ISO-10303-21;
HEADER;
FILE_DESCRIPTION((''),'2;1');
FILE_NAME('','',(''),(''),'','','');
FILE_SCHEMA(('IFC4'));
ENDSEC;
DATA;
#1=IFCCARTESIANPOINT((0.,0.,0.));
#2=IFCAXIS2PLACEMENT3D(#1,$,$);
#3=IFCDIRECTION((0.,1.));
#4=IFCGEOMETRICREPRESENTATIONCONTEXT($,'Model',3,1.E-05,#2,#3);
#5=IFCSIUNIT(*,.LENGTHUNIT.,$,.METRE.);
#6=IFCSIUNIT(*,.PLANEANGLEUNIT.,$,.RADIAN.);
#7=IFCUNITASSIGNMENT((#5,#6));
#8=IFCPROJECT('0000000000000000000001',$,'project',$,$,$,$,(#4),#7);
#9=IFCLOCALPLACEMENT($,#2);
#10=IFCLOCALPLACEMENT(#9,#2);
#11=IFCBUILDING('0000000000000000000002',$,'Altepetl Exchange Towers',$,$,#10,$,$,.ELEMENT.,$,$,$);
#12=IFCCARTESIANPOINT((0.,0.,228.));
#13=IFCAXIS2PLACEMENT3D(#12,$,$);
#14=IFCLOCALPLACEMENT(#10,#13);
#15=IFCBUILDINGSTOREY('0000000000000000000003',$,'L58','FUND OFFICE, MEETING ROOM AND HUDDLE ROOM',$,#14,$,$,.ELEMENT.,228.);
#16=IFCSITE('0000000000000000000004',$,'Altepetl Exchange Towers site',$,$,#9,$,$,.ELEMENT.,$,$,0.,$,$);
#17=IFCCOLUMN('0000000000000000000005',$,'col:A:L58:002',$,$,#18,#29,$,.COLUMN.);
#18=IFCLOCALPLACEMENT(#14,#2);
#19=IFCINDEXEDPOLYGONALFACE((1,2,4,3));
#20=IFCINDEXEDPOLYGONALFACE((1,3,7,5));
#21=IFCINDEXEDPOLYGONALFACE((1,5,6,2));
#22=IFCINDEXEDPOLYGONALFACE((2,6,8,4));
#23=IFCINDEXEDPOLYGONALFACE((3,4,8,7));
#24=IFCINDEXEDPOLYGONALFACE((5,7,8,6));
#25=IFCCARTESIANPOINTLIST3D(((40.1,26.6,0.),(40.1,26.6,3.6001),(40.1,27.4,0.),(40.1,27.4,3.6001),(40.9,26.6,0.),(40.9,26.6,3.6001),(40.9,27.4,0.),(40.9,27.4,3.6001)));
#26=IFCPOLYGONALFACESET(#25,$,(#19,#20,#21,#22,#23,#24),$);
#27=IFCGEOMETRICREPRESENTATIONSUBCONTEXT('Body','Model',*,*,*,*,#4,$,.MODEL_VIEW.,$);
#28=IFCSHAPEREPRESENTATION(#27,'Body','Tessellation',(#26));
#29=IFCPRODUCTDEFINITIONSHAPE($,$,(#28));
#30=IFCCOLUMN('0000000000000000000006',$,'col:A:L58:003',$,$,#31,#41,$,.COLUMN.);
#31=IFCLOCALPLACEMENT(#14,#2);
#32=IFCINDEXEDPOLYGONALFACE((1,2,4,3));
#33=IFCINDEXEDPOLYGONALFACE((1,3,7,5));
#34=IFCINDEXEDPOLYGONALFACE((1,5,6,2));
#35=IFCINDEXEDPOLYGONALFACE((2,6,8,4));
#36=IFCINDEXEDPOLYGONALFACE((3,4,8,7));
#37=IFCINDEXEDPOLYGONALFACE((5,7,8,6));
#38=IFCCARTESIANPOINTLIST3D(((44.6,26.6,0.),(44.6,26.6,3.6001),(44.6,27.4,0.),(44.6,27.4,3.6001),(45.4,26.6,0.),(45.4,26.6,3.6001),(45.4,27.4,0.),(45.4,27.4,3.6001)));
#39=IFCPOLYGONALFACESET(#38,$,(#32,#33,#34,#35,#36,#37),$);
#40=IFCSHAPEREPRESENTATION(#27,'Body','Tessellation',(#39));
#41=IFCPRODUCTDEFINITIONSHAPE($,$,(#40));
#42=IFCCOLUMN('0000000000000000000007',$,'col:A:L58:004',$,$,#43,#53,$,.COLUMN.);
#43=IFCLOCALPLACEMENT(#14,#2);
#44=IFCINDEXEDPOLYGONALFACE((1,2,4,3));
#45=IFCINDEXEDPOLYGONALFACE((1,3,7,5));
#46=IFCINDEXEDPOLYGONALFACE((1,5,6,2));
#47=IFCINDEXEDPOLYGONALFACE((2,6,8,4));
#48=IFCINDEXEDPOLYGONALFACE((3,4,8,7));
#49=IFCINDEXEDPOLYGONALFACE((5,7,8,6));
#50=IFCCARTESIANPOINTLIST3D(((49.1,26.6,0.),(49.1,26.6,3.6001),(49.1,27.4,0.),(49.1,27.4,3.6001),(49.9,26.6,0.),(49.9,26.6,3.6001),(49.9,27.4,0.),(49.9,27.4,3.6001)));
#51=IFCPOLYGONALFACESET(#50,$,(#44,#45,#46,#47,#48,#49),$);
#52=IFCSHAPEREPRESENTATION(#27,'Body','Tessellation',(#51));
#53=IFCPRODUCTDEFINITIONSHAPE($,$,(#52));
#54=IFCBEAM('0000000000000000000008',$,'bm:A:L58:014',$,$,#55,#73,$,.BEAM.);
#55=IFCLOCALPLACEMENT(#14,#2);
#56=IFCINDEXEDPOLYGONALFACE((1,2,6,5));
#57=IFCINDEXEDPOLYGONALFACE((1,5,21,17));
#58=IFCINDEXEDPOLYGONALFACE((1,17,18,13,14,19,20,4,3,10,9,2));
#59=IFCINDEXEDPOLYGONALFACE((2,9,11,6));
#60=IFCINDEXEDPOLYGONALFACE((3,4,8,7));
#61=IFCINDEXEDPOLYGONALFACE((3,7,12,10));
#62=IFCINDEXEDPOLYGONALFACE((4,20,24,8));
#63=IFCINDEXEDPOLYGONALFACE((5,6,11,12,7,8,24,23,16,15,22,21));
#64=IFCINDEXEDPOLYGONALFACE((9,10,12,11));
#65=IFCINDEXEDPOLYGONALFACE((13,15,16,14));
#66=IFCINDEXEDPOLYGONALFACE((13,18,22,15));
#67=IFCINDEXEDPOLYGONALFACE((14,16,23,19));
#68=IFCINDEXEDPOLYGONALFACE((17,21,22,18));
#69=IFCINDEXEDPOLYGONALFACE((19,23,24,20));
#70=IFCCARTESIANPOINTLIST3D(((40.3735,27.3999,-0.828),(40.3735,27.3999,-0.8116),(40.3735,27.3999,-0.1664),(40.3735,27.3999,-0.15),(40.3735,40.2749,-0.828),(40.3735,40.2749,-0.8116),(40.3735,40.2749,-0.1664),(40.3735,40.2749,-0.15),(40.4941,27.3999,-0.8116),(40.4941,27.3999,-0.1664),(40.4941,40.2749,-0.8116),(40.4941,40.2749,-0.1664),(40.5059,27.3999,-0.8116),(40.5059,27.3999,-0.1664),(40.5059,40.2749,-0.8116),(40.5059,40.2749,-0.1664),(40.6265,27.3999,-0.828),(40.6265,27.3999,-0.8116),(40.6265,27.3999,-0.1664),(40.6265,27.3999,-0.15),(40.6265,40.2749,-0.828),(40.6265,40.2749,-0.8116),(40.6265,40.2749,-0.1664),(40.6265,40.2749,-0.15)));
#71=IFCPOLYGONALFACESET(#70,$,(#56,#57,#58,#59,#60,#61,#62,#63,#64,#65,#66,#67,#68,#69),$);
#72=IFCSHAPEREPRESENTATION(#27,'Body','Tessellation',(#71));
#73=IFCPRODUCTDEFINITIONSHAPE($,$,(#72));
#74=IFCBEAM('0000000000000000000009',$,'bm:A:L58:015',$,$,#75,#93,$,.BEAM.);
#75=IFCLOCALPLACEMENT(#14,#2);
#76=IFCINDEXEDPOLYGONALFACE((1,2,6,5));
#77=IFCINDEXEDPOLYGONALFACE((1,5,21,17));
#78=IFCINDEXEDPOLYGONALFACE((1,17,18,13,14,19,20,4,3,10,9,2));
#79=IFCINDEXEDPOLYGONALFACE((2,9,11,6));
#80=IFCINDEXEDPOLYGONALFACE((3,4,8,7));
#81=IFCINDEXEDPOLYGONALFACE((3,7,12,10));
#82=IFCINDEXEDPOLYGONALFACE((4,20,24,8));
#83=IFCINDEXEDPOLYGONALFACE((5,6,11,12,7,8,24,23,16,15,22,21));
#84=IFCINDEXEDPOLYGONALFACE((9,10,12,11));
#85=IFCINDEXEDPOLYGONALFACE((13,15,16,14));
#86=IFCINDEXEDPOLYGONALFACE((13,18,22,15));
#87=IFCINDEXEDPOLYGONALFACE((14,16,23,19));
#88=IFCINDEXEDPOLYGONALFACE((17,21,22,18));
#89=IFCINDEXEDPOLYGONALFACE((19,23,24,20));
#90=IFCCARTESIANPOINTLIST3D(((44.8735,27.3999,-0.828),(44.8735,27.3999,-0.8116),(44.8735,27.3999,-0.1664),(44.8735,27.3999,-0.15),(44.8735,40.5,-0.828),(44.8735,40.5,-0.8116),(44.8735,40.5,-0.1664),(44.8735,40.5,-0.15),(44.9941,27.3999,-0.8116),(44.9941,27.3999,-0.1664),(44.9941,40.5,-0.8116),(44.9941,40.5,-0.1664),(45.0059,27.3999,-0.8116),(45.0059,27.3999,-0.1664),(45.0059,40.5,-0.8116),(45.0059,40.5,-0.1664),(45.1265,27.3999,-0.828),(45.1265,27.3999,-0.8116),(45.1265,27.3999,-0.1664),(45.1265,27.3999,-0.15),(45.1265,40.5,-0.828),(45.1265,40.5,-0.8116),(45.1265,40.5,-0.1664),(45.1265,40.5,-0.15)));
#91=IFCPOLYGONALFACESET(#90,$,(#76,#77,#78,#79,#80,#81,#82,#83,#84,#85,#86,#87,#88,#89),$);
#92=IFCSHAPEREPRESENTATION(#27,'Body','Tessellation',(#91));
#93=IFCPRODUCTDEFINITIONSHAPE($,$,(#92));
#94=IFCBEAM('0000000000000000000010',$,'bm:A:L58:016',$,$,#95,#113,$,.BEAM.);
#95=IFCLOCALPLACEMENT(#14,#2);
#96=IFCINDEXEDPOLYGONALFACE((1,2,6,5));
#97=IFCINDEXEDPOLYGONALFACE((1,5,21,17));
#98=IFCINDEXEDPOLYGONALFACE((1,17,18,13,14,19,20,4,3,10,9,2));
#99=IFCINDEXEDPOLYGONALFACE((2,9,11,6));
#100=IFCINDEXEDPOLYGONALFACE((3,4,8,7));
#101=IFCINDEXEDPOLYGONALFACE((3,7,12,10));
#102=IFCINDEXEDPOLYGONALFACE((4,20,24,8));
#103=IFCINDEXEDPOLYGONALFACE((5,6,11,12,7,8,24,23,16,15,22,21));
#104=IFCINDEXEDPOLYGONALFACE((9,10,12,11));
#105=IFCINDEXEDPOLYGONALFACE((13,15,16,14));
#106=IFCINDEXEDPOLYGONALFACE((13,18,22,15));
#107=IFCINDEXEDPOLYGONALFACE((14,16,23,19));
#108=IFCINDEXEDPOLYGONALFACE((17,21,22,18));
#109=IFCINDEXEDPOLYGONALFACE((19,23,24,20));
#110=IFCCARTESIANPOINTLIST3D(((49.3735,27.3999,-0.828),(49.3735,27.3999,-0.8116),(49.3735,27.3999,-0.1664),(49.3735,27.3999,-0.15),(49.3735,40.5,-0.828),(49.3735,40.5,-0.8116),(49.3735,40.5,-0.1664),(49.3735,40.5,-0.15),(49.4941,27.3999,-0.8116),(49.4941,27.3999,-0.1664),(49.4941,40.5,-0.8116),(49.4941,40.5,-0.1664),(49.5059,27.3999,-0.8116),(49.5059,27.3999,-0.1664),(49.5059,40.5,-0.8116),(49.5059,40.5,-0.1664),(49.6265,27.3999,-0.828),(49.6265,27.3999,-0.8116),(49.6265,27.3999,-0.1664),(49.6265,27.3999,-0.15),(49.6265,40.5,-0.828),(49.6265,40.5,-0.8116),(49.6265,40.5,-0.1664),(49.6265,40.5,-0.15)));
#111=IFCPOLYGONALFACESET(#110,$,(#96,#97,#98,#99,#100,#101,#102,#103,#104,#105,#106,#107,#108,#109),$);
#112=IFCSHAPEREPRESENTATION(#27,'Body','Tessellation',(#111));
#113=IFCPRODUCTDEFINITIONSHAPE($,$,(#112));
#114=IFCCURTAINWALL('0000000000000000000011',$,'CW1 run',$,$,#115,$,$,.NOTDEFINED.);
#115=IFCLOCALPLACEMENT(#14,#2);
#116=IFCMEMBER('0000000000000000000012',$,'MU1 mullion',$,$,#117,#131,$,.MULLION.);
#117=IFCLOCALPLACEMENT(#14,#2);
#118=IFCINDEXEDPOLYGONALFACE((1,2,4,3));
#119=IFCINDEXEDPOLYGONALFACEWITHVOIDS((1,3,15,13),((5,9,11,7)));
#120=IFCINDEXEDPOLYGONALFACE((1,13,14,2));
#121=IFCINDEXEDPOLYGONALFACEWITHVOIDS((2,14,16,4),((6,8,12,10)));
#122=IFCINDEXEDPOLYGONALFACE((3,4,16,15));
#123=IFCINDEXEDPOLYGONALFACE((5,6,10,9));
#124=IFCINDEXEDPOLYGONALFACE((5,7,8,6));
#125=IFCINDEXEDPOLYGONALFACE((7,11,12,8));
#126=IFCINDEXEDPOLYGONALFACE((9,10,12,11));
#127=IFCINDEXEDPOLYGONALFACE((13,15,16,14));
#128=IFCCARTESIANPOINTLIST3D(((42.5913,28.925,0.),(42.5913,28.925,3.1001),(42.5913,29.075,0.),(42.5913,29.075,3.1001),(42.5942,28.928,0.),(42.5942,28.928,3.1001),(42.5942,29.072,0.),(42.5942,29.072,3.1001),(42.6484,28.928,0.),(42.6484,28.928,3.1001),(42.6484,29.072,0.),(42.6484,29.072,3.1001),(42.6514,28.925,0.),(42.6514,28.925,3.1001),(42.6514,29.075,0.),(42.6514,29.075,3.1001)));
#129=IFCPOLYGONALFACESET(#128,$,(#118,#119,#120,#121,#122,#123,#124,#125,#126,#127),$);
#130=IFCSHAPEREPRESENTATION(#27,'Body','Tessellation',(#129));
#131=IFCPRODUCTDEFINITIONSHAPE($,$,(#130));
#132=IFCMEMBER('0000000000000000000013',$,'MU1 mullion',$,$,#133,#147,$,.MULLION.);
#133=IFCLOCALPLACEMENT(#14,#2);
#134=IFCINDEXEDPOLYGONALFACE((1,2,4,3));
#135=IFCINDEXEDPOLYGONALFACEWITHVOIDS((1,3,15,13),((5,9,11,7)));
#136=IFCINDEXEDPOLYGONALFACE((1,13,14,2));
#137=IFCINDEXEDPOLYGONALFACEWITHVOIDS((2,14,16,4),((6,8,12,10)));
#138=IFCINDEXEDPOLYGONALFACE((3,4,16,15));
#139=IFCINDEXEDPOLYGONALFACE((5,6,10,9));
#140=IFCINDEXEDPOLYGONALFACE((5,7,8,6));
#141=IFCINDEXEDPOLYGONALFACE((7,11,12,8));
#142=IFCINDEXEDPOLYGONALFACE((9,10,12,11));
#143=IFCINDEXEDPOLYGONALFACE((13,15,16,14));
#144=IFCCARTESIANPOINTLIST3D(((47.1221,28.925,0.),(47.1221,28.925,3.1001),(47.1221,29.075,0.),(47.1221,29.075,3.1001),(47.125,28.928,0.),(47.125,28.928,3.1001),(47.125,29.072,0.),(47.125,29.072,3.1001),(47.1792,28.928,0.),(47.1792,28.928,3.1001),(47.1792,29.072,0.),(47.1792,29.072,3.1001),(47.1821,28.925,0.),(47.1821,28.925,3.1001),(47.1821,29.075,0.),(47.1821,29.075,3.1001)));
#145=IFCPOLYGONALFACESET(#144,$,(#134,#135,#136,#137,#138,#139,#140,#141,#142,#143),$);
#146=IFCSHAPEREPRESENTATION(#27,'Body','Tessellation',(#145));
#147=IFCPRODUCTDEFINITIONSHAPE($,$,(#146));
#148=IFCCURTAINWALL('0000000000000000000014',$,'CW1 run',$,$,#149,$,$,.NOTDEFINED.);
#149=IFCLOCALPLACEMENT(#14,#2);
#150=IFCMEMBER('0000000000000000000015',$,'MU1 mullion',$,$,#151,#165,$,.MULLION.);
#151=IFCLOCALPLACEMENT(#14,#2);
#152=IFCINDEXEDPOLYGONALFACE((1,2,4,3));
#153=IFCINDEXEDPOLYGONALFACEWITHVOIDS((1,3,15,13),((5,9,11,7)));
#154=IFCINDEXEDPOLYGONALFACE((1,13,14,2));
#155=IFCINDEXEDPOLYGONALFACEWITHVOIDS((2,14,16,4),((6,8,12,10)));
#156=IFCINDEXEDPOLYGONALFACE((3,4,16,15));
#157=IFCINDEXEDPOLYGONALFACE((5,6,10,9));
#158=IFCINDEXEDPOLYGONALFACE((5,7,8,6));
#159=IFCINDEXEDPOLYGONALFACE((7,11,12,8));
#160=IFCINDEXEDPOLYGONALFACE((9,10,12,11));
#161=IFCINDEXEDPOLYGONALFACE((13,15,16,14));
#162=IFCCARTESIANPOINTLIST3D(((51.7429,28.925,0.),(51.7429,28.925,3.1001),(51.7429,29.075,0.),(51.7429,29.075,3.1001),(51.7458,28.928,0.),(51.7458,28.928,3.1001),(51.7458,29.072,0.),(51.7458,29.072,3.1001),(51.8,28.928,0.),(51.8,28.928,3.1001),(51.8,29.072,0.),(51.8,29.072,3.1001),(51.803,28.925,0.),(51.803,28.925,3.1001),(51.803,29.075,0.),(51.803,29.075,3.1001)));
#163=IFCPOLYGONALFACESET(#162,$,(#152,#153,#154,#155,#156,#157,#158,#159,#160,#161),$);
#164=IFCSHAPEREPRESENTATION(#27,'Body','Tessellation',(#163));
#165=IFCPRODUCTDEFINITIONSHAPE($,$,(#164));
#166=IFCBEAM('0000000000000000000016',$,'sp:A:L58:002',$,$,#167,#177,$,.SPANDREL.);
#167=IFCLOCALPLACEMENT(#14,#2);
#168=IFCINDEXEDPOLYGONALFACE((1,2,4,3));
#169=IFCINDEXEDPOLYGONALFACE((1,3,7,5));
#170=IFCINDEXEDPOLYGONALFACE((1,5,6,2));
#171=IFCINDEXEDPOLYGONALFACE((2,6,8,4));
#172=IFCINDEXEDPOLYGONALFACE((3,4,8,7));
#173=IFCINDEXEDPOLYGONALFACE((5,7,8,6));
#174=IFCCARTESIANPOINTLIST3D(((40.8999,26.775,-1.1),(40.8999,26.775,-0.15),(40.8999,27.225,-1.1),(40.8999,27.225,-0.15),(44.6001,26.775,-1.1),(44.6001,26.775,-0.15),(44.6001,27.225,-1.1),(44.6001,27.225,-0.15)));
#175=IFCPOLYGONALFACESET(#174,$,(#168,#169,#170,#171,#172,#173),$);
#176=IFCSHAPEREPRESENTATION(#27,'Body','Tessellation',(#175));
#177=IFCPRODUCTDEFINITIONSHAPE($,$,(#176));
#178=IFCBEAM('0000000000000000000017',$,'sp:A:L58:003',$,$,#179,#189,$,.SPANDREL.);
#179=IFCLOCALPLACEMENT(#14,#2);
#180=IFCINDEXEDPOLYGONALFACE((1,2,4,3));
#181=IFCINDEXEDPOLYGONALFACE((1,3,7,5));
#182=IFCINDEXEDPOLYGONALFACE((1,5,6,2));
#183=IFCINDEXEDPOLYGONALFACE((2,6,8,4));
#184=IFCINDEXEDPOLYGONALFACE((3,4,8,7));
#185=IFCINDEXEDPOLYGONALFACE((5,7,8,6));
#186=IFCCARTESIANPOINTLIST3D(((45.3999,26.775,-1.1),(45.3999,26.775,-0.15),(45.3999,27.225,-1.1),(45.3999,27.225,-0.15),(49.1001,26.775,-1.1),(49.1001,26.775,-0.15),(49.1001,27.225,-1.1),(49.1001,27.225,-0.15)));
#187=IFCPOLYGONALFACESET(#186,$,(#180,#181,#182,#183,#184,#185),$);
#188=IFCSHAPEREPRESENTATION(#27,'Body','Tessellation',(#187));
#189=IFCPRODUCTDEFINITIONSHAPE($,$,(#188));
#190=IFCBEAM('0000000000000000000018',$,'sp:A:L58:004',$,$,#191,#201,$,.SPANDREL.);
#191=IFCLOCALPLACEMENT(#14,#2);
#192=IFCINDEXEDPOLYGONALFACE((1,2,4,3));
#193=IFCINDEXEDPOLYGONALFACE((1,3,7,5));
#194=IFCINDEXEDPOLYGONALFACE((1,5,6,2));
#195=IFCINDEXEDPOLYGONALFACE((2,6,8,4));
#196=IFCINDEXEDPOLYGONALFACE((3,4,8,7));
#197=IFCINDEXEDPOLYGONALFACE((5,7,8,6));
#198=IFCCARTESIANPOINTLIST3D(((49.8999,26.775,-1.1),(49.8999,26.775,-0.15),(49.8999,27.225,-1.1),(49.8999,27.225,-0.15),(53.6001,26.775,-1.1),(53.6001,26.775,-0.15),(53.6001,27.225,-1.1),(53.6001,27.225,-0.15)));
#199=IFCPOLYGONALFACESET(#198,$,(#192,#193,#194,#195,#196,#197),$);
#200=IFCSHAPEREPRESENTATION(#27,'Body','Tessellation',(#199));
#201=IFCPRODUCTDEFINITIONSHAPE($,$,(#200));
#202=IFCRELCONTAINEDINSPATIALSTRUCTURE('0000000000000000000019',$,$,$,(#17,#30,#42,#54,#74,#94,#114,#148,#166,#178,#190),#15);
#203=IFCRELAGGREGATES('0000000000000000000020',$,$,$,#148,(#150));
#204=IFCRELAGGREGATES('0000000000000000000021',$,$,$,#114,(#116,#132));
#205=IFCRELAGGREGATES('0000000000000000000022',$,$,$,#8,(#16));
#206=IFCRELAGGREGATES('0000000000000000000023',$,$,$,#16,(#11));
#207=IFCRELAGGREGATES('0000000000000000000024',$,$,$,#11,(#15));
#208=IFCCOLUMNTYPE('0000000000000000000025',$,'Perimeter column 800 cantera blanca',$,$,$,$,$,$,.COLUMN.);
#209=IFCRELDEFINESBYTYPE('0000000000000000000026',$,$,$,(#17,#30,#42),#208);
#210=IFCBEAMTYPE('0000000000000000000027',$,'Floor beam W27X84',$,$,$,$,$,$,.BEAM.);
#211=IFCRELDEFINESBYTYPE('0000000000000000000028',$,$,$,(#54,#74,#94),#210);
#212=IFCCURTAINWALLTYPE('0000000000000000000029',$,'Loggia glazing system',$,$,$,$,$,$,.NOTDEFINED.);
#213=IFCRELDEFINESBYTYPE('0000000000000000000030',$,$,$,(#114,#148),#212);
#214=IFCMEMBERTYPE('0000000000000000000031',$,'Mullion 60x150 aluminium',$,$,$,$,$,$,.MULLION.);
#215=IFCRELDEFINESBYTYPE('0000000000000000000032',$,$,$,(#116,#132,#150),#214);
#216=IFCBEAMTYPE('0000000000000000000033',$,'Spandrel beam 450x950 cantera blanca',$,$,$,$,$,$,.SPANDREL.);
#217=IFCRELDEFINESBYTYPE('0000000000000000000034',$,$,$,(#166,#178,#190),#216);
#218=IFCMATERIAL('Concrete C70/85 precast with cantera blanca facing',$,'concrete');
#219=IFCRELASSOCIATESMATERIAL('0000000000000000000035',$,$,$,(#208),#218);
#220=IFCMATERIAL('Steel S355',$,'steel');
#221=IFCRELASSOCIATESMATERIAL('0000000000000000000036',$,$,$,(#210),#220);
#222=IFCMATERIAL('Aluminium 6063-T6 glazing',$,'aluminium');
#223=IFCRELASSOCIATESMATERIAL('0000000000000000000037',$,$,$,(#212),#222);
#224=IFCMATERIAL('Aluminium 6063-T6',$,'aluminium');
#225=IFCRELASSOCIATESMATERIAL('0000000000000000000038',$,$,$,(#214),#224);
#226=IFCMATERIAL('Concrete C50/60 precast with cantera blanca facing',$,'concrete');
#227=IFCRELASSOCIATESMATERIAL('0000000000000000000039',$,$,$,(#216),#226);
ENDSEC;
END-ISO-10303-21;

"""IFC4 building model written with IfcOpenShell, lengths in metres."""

from ifc_helpers import new_model, si_unit, direction, frame, origin, origin_2d, place, context, subcontext, project, spatial, rectangle, hollow_rectangle, i_section, extrude, material, material_profile, profile_set, type_object, element, aggregate, save


model = new_model("IFC4")

# Units and contexts
model_context = context("Model", 3, precision=1e-05, world=origin(), true_north=direction((0.0, 1.0)))
body_context = subcontext(model_context, "Body", "Model", "MODEL_VIEW")
ifc_project = project(units=[si_unit("LENGTHUNIT", "METRE"), si_unit("PLANEANGLEUNIT", "RADIAN")], contexts=[model_context])

# Site, building, storey
site_placement = place(None, origin())
site = spatial("IfcSite", under=ifc_project, at=site_placement, Name="Altepetl Exchange Towers site", CompositionType="ELEMENT", RefElevation=0.0)
building_placement = place(site_placement, origin())
building = spatial("IfcBuilding", under=site, at=building_placement, Name="Altepetl Exchange Towers", CompositionType="ELEMENT")
storey_placement = place(building_placement, frame((0.0, 0.0, 228.0)))
storey = spatial("IfcBuildingStorey", under=building, at=storey_placement, Name="L58", Description="FUND OFFICE, MEETING ROOM AND HUDDLE ROOM", CompositionType="ELEMENT", Elevation=228.0)

# Columns
ifc_material_1 = material(Name="Concrete C70/85 precast with cantera blanca facing", Category="concrete")
ifc_material_profile_1 = material_profile(ifc_material_1, rectangle(XDim=0.8, YDim=0.8, at=origin_2d()), Name="800 x 800")
ifc_profile_set_1 = profile_set([ifc_material_profile_1], Name="Concrete C70/85 precast with cantera blanca facing")
column_type = type_object("IfcColumnType", Name="Perimeter column 800 cantera blanca", PredefinedType="COLUMN", material=ifc_profile_set_1)
for number, where, name in (
    (1, (40.5, 27.0, 0.0), "col:A:L58:002"),
    (2, (45.0, 27.0, 0.0), "col:A:L58:003"),
    (3, (49.5, 27.0, 0.0), "col:A:L58:004"),
):
    element("IfcColumn", number, at=place(storey_placement, frame(where)), inside=storey, type_object=column_type, Name=name, PredefinedType="COLUMN", context=body_context, shape_type="SweptSolid", body=[
        extrude(rectangle(XDim=0.8, YDim=0.8, at=origin_2d()), origin(), (0.0, 0.0, 1.0), 3.6001),
    ])

# Beams
ifc_material_2 = material(Name="Steel S355", Category="steel")
ifc_material_profile_2 = material_profile(ifc_material_2, i_section(OverallWidth=0.2529, OverallDepth=0.678, WebThickness=0.0117, FlangeThickness=0.0164, at=origin_2d()), Name="W27X84")
ifc_profile_set_2 = profile_set([ifc_material_profile_2], Name="Steel S355")
beam_type_1 = type_object("IfcBeamType", Name="Floor beam W27X84", PredefinedType="BEAM", material=ifc_profile_set_2)
beam_placement = place(storey_placement, frame((40.5, 27.3999, -0.489), z_axis=(0.0, 1.0, 0.0), x_axis=(-1.0, 0.0, 0.0)))
element("IfcBeam", 4, at=beam_placement, inside=storey, type_object=beam_type_1, Name="bm:A:L58:014", PredefinedType="BEAM", context=body_context, shape_type="SweptSolid", body=[
    extrude(i_section(OverallWidth=0.2529, OverallDepth=0.678, WebThickness=0.0117, FlangeThickness=0.0164, at=origin_2d()), origin(), (0.0, 0.0, 1.0), 12.875),
])
for number, where, z_axis, x_axis, name in (
    (5, (45.0, 27.3999, -0.489), (0.0, 1.0, 0.0), (-1.0, 0.0, 0.0), "bm:A:L58:015"),
    (6, (49.5, 27.3999, -0.489), (0.0, 1.0, 0.0), (-1.0, 0.0, 0.0), "bm:A:L58:016"),
):
    element("IfcBeam", number, at=place(storey_placement, frame(where, z_axis=z_axis, x_axis=x_axis)), inside=storey, type_object=beam_type_1, Name=name, PredefinedType="BEAM", context=body_context, shape_type="SweptSolid", body=[
        extrude(i_section(OverallWidth=0.2529, OverallDepth=0.678, WebThickness=0.0117, FlangeThickness=0.0164, at=origin_2d()), origin(), (0.0, 0.0, 1.0), 13.1001),
    ])

# Curtain wall, members
ifc_material_3 = material(Name="Aluminium 6063-T6 glazing", Category="aluminium")
curtain_wall_type = type_object("IfcCurtainWallType", Name="Loggia glazing system", PredefinedType="NOTDEFINED", material=ifc_material_3)
curtain_wall_1_placement = place(storey_placement, origin())
curtain_wall_1 = element("IfcCurtainWall", 7, at=curtain_wall_1_placement, inside=storey, type_object=curtain_wall_type, Name="CW1 run", PredefinedType="NOTDEFINED")
ifc_material_4 = material(Name="Aluminium 6063-T6", Category="aluminium")
ifc_material_profile_3 = material_profile(ifc_material_4, hollow_rectangle(XDim=0.0601, YDim=0.1499, WallThickness=0.0029, at=origin_2d()), Name="Mullion 60x150 aluminium")
ifc_profile_set_3 = profile_set([ifc_material_profile_3], Name="Aluminium 6063-T6")
member_type = type_object("IfcMemberType", Name="Mullion 60x150 aluminium", PredefinedType="MULLION", material=ifc_profile_set_3)
member_1_placement = place(storey_placement, frame((42.6213, 29.0, 0.0)))
member_1 = element("IfcMember", 8, at=member_1_placement, type_object=member_type, Name="MU1 mullion", PredefinedType="MULLION", context=body_context, shape_type="SweptSolid", body=[
    extrude(hollow_rectangle(XDim=0.0601, YDim=0.1499, WallThickness=0.0029, at=origin_2d()), origin(), (0.0, 0.0, 1.0), 3.1001),
])
member_2_placement = place(storey_placement, frame((47.1521, 29.0, 0.0)))
member_2 = element("IfcMember", 9, at=member_2_placement, type_object=member_type, Name="MU1 mullion", PredefinedType="MULLION", context=body_context, shape_type="SweptSolid", body=[
    extrude(hollow_rectangle(XDim=0.0601, YDim=0.1499, WallThickness=0.0029, at=origin_2d()), origin(), (0.0, 0.0, 1.0), 3.1001),
])

# Curtain wall, member
curtain_wall_2_placement = place(storey_placement, origin())
curtain_wall_2 = element("IfcCurtainWall", 10, at=curtain_wall_2_placement, inside=storey, type_object=curtain_wall_type, Name="CW1 run", PredefinedType="NOTDEFINED")
member_3_placement = place(storey_placement, frame((51.7729, 29.0, 0.0)))
member_3 = element("IfcMember", 11, at=member_3_placement, type_object=member_type, Name="MU1 mullion", PredefinedType="MULLION", context=body_context, shape_type="SweptSolid", body=[
    extrude(hollow_rectangle(XDim=0.0601, YDim=0.1499, WallThickness=0.0029, at=origin_2d()), origin(), (0.0, 0.0, 1.0), 3.1001),
])
aggregate(curtain_wall_2, [member_3])

# Beams
ifc_material_5 = material(Name="Concrete C50/60 precast with cantera blanca facing", Category="concrete")
ifc_material_profile_4 = material_profile(ifc_material_5, rectangle(XDim=0.45, YDim=0.95, at=origin_2d()), Name="450 x 950")
ifc_profile_set_4 = profile_set([ifc_material_profile_4], Name="Concrete C50/60 precast with cantera blanca facing")
beam_type_2 = type_object("IfcBeamType", Name="Spandrel beam 450x950 cantera blanca", PredefinedType="SPANDREL", material=ifc_profile_set_4)
for number, where, z_axis, x_axis, name in (
    (12, (40.8999, 27.0, -0.625), (1.0, 0.0, 0.0), (0.0, 1.0, 0.0), "sp:A:L58:002"),
    (13, (45.3999, 27.0, -0.625), (1.0, 0.0, 0.0), (0.0, 1.0, 0.0), "sp:A:L58:003"),
    (14, (49.8999, 27.0, -0.625), (1.0, 0.0, 0.0), (0.0, 1.0, 0.0), "sp:A:L58:004"),
):
    element("IfcBeam", number, at=place(storey_placement, frame(where, z_axis=z_axis, x_axis=x_axis)), inside=storey, type_object=beam_type_2, Name=name, PredefinedType="SPANDREL", context=body_context, shape_type="SweptSolid", body=[
        extrude(rectangle(XDim=0.45, YDim=0.95, at=origin_2d()), origin(), (0.0, 0.0, 1.0), 3.7002),
    ])

aggregate(curtain_wall_1, [member_1, member_2])

save(model, "model.ifc")
